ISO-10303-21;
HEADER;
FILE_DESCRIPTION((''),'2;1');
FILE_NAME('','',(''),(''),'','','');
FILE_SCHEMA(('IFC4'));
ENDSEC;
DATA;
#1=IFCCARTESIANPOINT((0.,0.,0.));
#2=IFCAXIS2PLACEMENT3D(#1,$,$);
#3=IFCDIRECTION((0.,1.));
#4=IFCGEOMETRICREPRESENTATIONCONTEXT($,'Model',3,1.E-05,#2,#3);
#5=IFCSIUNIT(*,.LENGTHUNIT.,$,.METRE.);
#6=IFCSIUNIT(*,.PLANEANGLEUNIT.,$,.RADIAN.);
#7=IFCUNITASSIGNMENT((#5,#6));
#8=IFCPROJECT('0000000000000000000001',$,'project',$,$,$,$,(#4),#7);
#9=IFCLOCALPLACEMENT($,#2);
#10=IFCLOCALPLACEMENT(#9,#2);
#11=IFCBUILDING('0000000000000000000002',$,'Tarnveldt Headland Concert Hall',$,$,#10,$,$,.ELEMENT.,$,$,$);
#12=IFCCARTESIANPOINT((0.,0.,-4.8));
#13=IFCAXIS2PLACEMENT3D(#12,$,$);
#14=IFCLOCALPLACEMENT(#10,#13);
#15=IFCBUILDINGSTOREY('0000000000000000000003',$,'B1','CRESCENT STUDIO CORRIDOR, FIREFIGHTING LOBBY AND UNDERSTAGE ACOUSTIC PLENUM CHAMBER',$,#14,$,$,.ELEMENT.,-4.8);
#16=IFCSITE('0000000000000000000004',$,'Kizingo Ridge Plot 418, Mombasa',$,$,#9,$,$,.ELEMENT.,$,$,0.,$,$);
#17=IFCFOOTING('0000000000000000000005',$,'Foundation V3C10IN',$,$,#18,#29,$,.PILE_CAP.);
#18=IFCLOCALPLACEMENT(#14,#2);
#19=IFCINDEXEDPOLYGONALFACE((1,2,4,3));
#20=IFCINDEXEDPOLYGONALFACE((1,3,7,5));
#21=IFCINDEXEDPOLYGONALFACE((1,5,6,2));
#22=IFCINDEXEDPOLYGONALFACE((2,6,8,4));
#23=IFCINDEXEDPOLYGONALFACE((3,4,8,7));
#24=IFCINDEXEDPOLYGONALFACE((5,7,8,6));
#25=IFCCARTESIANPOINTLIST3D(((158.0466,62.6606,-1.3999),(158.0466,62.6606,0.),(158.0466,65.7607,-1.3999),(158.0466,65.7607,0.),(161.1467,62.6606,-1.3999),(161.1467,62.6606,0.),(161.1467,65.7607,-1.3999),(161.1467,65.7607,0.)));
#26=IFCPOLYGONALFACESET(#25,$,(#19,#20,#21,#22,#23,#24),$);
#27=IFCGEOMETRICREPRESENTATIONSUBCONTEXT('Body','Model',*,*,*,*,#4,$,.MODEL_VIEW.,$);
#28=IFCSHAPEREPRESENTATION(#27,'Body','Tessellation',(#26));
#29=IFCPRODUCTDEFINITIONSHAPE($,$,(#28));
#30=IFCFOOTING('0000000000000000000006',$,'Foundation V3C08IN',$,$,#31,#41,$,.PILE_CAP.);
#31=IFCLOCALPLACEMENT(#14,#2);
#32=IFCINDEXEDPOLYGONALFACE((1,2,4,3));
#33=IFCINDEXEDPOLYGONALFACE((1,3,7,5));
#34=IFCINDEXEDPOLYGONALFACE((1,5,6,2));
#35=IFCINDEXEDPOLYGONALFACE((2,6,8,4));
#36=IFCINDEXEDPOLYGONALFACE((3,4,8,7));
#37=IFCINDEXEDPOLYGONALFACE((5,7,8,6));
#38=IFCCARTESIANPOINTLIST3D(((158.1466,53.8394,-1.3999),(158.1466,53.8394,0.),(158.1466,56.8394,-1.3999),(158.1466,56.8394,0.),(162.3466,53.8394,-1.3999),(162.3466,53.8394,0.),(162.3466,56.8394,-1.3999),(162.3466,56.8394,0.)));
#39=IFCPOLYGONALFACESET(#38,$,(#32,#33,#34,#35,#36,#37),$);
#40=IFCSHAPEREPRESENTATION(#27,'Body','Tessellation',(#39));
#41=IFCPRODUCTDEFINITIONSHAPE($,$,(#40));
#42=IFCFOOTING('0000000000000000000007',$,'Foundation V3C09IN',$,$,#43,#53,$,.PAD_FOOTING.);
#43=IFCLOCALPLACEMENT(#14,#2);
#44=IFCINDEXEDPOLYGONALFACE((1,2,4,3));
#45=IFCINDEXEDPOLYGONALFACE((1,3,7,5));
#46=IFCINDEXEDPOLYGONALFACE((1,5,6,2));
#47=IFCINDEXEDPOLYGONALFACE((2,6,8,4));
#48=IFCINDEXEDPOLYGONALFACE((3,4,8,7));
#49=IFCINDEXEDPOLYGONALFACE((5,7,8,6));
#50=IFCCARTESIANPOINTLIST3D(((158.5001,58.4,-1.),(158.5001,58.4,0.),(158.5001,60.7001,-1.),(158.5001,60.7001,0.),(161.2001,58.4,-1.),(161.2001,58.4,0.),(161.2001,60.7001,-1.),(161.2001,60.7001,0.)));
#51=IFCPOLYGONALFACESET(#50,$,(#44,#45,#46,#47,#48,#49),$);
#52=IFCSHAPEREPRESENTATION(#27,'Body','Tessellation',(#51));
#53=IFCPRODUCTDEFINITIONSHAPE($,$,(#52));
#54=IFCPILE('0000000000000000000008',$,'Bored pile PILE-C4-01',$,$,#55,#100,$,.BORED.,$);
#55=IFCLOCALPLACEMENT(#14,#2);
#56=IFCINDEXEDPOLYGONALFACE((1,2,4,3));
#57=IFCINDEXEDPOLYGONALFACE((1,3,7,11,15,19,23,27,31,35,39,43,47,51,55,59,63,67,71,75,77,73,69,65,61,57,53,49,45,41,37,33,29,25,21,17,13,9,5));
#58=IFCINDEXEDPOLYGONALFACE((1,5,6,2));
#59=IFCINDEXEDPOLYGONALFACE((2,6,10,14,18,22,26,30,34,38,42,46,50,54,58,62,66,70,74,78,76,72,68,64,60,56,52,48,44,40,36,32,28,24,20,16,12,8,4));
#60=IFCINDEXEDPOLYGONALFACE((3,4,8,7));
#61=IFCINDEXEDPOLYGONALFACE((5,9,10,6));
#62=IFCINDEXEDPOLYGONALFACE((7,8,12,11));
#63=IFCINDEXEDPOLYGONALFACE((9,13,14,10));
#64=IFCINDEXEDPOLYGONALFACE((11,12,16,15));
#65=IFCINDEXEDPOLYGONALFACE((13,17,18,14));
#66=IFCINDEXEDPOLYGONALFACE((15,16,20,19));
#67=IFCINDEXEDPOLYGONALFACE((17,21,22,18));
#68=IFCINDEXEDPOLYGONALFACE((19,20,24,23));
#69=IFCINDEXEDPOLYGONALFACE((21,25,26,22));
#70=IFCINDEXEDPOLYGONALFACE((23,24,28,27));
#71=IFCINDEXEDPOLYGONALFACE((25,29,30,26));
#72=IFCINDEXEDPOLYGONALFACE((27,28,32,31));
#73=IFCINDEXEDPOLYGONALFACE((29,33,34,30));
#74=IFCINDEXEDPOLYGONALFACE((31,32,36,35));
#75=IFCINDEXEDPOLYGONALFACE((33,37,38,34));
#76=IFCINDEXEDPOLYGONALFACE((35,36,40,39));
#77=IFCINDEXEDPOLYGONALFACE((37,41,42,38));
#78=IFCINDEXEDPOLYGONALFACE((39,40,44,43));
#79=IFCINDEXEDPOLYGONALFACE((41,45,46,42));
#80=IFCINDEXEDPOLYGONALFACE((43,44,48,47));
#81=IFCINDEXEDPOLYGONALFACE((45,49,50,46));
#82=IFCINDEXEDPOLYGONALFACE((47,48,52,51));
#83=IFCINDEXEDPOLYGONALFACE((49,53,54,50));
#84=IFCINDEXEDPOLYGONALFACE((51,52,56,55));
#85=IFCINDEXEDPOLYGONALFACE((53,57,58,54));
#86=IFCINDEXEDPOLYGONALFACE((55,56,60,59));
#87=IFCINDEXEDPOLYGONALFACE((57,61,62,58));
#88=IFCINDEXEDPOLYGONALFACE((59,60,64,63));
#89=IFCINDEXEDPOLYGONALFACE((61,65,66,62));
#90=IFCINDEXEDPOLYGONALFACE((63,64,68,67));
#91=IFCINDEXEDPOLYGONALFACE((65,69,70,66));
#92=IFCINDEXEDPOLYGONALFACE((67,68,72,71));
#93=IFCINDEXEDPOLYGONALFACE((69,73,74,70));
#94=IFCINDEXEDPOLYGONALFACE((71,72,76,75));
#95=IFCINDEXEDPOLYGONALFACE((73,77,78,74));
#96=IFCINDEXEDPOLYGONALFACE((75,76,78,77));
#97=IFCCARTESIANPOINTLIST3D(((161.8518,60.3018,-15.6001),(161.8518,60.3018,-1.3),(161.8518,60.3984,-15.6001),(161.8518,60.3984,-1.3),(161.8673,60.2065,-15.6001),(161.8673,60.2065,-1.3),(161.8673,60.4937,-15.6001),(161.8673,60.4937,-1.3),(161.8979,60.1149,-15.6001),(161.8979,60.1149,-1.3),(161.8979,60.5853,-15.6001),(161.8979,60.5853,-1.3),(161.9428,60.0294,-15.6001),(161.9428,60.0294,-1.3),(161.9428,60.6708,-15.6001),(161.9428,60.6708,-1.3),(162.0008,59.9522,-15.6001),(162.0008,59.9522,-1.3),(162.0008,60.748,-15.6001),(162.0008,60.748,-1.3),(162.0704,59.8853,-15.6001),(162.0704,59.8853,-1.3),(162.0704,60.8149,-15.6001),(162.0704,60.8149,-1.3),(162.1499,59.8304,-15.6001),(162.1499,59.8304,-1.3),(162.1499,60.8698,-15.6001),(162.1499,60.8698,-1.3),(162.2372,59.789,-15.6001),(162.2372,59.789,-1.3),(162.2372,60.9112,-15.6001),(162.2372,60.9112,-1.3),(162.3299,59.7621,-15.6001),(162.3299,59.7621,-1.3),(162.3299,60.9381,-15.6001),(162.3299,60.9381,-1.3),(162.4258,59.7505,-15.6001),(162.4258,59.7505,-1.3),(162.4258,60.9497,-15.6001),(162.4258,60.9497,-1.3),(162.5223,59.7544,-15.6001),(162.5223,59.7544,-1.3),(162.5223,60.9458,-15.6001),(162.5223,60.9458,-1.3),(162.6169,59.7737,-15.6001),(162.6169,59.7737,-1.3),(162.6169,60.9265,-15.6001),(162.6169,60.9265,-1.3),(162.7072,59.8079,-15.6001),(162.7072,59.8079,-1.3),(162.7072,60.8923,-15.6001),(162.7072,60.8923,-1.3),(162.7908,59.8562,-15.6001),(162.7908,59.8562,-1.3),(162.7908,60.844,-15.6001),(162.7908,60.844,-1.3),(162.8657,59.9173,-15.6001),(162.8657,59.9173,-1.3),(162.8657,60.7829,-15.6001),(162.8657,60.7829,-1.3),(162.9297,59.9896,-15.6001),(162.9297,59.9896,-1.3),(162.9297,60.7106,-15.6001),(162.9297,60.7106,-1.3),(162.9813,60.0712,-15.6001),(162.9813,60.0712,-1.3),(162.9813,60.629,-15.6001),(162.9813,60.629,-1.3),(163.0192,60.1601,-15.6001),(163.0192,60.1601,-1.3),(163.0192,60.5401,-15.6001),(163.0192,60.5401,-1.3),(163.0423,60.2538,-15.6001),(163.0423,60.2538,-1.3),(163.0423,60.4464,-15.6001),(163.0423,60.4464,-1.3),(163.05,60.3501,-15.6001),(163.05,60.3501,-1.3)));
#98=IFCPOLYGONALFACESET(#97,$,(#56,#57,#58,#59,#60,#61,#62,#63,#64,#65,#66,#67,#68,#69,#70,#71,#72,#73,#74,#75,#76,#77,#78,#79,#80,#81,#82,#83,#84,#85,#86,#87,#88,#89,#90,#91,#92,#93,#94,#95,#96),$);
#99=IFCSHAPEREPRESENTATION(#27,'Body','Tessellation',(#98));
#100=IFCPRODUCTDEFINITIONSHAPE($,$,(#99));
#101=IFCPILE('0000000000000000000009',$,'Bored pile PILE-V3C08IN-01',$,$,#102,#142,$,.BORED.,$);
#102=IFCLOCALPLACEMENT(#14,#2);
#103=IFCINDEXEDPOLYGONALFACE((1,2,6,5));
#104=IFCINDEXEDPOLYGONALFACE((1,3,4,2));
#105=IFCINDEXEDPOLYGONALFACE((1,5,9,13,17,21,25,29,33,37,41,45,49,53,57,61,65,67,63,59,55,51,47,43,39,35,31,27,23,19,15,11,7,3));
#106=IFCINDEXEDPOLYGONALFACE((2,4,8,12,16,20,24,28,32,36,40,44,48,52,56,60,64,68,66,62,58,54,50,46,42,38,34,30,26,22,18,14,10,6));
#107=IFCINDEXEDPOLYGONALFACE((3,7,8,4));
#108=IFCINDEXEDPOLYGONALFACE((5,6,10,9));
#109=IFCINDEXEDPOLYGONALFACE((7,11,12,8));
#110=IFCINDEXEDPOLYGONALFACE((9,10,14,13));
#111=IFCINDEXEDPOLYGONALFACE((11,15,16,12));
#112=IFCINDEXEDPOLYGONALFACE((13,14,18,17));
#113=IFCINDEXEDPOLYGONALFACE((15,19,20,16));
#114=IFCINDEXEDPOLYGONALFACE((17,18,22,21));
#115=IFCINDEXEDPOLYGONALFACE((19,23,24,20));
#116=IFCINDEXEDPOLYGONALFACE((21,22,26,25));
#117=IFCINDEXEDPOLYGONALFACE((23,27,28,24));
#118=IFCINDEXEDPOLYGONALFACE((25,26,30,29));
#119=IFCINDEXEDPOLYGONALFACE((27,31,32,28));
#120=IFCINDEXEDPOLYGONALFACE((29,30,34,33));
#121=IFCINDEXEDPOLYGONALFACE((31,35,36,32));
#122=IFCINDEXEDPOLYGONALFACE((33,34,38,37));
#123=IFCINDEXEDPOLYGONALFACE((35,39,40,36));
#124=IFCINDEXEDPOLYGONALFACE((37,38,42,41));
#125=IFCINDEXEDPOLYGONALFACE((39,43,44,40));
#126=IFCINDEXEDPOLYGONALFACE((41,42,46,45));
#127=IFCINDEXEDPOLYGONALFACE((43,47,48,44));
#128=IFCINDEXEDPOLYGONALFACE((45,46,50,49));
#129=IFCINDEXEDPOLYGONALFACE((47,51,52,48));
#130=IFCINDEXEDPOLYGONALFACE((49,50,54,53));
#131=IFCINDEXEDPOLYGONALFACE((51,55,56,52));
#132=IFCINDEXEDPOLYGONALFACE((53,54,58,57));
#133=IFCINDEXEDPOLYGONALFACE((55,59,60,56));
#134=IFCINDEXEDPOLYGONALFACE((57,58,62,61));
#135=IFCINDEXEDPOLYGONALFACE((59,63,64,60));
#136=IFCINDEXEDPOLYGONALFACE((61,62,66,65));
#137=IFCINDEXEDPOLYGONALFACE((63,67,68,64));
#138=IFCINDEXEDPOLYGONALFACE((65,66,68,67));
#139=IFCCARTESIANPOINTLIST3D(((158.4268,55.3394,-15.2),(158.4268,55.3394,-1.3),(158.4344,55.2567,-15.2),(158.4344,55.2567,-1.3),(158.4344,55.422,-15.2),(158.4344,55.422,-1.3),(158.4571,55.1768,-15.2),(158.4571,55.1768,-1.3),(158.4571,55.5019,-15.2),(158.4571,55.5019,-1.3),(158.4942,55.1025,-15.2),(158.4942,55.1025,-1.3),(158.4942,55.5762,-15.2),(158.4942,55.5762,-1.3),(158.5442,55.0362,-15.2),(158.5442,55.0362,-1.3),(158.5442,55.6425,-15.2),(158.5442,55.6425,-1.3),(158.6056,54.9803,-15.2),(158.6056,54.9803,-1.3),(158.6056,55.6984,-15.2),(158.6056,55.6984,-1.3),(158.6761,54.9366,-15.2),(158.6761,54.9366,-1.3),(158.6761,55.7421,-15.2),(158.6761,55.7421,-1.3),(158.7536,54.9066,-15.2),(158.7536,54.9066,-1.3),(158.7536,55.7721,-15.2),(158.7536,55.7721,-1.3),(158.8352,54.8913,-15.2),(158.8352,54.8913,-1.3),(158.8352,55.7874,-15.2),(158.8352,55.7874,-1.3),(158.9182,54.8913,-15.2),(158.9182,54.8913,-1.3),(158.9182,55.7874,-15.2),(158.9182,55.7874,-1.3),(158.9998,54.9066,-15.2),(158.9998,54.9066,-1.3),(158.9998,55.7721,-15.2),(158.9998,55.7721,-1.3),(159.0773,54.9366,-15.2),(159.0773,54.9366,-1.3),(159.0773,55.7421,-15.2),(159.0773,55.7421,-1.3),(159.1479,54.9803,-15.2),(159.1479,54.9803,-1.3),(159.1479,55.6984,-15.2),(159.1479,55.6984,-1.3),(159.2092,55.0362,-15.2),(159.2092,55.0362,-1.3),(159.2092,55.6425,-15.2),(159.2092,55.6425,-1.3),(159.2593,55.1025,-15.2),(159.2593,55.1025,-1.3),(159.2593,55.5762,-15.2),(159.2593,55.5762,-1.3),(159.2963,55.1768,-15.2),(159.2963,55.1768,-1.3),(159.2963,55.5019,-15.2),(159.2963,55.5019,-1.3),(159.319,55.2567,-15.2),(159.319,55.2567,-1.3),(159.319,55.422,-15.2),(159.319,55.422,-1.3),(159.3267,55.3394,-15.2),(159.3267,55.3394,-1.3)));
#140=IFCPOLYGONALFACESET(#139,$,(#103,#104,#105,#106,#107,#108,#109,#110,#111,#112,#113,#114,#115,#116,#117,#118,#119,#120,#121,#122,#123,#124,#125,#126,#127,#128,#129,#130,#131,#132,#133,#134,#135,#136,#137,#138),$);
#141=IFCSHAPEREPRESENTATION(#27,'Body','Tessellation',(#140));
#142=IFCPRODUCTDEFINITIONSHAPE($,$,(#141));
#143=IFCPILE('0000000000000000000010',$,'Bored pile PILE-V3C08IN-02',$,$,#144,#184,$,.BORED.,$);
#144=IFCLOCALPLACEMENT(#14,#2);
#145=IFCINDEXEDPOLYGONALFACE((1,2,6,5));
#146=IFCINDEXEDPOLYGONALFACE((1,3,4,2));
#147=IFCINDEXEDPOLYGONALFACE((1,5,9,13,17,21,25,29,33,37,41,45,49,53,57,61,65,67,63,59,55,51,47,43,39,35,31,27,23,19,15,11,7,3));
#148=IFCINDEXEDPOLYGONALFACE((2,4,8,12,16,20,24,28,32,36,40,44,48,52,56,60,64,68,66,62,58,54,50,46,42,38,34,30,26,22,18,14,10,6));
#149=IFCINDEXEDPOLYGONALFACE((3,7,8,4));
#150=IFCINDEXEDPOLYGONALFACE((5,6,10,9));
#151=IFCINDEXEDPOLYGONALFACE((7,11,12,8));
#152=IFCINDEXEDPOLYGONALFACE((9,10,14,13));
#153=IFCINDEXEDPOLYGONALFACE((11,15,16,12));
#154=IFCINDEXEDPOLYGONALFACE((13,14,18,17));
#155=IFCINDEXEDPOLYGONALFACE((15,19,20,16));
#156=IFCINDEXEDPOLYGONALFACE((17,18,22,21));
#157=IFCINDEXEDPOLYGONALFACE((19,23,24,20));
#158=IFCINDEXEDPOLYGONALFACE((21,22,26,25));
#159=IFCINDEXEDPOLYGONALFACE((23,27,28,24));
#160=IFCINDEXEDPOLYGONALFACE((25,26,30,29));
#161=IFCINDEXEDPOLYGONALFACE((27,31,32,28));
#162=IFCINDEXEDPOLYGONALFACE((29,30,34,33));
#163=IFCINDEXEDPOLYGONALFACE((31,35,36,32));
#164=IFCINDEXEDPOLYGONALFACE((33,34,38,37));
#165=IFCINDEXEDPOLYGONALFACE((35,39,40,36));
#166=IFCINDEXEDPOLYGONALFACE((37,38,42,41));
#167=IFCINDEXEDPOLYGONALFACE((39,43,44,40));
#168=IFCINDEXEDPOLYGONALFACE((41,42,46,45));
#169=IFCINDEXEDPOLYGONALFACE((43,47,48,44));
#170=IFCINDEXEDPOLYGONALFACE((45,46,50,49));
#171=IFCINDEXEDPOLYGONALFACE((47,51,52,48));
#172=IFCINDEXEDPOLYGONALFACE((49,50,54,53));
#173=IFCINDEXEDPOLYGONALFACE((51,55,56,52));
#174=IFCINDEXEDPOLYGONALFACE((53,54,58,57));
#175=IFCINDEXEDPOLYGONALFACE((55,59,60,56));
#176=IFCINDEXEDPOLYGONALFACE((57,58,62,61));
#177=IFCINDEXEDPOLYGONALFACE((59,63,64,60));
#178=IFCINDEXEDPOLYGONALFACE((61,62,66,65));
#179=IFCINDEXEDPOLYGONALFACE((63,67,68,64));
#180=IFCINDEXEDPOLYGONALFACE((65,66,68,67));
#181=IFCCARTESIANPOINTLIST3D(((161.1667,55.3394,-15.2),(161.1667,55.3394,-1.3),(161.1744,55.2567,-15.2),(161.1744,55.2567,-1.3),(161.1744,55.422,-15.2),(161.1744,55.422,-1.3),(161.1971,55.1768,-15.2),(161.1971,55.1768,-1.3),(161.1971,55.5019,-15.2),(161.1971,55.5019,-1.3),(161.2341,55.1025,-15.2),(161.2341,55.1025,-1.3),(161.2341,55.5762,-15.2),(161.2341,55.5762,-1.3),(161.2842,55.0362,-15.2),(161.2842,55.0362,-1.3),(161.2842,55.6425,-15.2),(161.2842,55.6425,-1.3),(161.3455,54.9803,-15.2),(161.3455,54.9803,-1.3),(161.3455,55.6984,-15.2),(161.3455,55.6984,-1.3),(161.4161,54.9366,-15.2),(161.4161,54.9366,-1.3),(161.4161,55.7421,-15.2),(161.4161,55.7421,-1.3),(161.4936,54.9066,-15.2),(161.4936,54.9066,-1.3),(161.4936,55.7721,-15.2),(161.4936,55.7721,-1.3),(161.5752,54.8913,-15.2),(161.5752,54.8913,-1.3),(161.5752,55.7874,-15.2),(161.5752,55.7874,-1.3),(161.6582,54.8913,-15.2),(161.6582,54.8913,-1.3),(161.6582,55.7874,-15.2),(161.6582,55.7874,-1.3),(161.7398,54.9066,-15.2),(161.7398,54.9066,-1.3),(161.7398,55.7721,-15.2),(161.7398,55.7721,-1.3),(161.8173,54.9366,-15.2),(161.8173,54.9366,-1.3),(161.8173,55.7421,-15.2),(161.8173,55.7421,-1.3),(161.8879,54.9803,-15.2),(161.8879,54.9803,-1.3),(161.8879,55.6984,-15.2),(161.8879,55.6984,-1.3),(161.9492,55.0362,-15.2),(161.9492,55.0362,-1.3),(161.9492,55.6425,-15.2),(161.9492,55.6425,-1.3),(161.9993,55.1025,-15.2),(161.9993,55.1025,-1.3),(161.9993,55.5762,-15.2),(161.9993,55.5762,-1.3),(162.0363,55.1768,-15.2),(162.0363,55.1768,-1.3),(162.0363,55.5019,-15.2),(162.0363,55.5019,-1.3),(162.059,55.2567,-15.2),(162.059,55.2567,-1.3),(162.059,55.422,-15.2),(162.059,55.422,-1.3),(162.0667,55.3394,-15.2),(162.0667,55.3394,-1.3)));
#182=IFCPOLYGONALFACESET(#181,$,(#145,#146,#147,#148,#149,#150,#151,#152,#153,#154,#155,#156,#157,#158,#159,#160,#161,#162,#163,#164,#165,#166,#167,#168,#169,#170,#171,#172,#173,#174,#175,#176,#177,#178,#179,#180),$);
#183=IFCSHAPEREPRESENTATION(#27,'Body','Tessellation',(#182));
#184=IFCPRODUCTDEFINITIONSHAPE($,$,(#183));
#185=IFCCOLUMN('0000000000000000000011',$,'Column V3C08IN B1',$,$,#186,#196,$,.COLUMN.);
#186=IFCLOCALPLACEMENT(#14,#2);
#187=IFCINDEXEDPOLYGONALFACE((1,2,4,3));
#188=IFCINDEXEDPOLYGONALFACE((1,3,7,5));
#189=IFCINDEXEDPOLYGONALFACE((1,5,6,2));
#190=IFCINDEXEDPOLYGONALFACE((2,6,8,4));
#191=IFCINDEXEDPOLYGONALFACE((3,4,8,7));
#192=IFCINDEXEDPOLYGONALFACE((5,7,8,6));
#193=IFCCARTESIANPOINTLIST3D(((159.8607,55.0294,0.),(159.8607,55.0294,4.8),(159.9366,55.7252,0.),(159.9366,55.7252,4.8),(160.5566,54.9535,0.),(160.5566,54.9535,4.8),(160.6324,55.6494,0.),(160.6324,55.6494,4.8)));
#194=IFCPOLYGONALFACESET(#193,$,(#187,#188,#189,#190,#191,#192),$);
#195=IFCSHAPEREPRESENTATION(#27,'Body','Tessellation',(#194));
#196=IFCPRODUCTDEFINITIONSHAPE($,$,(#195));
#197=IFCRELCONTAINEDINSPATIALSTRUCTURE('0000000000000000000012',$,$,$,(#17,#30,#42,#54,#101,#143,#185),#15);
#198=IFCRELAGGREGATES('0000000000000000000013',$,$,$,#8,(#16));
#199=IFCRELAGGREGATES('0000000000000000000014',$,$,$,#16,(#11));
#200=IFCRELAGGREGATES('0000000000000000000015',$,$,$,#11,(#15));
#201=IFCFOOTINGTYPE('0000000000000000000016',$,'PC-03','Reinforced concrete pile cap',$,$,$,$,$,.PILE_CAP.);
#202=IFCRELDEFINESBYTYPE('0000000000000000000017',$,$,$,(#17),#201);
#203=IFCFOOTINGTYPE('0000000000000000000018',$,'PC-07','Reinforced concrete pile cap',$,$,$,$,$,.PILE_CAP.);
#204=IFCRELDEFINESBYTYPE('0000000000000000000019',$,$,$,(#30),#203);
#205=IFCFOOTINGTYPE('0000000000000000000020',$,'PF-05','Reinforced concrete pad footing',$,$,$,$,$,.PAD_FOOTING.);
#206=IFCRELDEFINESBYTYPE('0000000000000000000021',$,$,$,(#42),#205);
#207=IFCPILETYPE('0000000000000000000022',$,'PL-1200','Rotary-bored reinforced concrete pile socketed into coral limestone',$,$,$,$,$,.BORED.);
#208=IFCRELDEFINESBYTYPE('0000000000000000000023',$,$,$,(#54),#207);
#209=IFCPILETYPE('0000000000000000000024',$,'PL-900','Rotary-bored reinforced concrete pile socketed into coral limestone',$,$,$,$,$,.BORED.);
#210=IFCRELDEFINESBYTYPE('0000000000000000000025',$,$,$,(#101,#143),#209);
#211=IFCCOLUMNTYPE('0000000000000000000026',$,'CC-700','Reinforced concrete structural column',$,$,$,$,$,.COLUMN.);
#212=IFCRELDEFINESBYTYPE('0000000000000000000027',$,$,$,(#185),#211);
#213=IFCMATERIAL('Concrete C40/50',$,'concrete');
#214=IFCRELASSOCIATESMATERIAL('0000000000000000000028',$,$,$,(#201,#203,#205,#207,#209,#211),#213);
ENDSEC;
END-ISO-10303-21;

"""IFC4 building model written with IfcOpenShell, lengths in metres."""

from ifc_helpers import new_model, si_unit, direction, frame, origin, origin_2d, place, context, subcontext, project, spatial, rectangle, circle, extrude, material, material_profile, profile_set, type_object, element, save


model = new_model("IFC4")

# Units and contexts
model_context = context("Model", 3, precision=1e-05, world=origin(), true_north=direction((0.0, 1.0)))
body_context = subcontext(model_context, "Body", "Model", "MODEL_VIEW")
ifc_project = project(units=[si_unit("LENGTHUNIT", "METRE"), si_unit("PLANEANGLEUNIT", "RADIAN")], contexts=[model_context])

# Site, building, storey
site_placement = place(None, origin())
site = spatial("IfcSite", under=ifc_project, at=site_placement, Name="Kizingo Ridge Plot 418, Mombasa", CompositionType="ELEMENT", RefElevation=0.0)
building_placement = place(site_placement, origin())
building = spatial("IfcBuilding", under=site, at=building_placement, Name="Tarnveldt Headland Concert Hall", CompositionType="ELEMENT")
storey_placement = place(building_placement, frame((0.0, 0.0, -4.8)))
storey = spatial("IfcBuildingStorey", under=building, at=storey_placement, Name="B1", Description="CRESCENT STUDIO CORRIDOR, FIREFIGHTING LOBBY AND UNDERSTAGE ACOUSTIC PLENUM CHAMBER", CompositionType="ELEMENT", Elevation=-4.8)

# Footings
ifc_material_1 = material(Name="Concrete C40/50", Category="concrete")
footing_type_1 = type_object("IfcFootingType", Name="PC-03", Description="Reinforced concrete pile cap", PredefinedType="PILE_CAP", material=ifc_material_1)
footing_1_placement = place(storey_placement, frame((159.5967, 64.2107, -1.3999), z_axis=(0.0, 0.0, 1.0), x_axis=(1.0, 0.0, 0.0)))
element("IfcFooting", 1, at=footing_1_placement, inside=storey, type_object=footing_type_1, Name="Foundation V3C10IN", PredefinedType="PILE_CAP", context=body_context, shape_type="SweptSolid", body=[
    extrude(rectangle(XDim=3.1001, YDim=3.1001, at=origin_2d()), origin(), (0.0, 0.0, 1.0), 1.3999),
])
footing_type_2 = type_object("IfcFootingType", Name="PC-07", Description="Reinforced concrete pile cap", PredefinedType="PILE_CAP", material=ifc_material_1)
footing_2_placement = place(storey_placement, frame((160.2466, 55.3394, -1.3999), z_axis=(0.0, 0.0, 1.0), x_axis=(1.0, 0.0, 0.0)))
element("IfcFooting", 2, at=footing_2_placement, inside=storey, type_object=footing_type_2, Name="Foundation V3C08IN", PredefinedType="PILE_CAP", context=body_context, shape_type="SweptSolid", body=[
    extrude(rectangle(XDim=4.2, YDim=3.0, at=origin_2d()), origin(), (0.0, 0.0, 1.0), 1.3999),
])
footing_type_3 = type_object("IfcFootingType", Name="PF-05", Description="Reinforced concrete pad footing", PredefinedType="PAD_FOOTING", material=ifc_material_1)
footing_3_placement = place(storey_placement, frame((159.8501, 59.55, -1.0), z_axis=(0.0, 0.0, 1.0), x_axis=(1.0, 0.0, 0.0)))
element("IfcFooting", 3, at=footing_3_placement, inside=storey, type_object=footing_type_3, Name="Foundation V3C09IN", PredefinedType="PAD_FOOTING", context=body_context, shape_type="SweptSolid", body=[
    extrude(rectangle(XDim=2.7, YDim=2.3, at=origin_2d()), origin(), (0.0, 0.0, 1.0), 1.0),
])

# Piles
ifc_material_profile_1 = material_profile(ifc_material_1, circle(Radius=0.6001, at=origin_2d()), Name="BORED PILE D1200", Category="concrete")
ifc_profile_set_1 = profile_set([ifc_material_profile_1], Name="Concrete C40/50")
pile_type_1 = type_object("IfcPileType", Name="PL-1200", Description="Rotary-bored reinforced concrete pile socketed into coral limestone", PredefinedType="BORED", material=ifc_profile_set_1)
pile_placement = place(storey_placement, frame((162.45, 60.3501, -1.3), z_axis=(0.0, 0.0, -1.0), x_axis=(1.0, 0.0, 0.0)))
element("IfcPile", 4, at=pile_placement, inside=storey, type_object=pile_type_1, Name="Bored pile PILE-C4-01", PredefinedType="BORED", context=body_context, shape_type="SweptSolid", body=[
    extrude(circle(Radius=0.6001, at=origin_2d()), origin(), (0.0, 0.0, 1.0), 14.3),
])
ifc_material_profile_2 = material_profile(ifc_material_1, circle(Radius=0.45, at=origin_2d()), Name="BORED PILE D900", Category="concrete")
ifc_profile_set_2 = profile_set([ifc_material_profile_2], Name="Concrete C40/50")
pile_type_2 = type_object("IfcPileType", Name="PL-900", Description="Rotary-bored reinforced concrete pile socketed into coral limestone", PredefinedType="BORED", material=ifc_profile_set_2)
for number, where, z_axis, x_axis, name in (
    (5, (158.8767, 55.3394, -1.3), (0.0, 0.0, -1.0), (1.0, 0.0, 0.0), "Bored pile PILE-V3C08IN-01"),
    (6, (161.6167, 55.3394, -1.3), (0.0, 0.0, -1.0), (1.0, 0.0, 0.0), "Bored pile PILE-V3C08IN-02"),
):
    element("IfcPile", number, at=place(storey_placement, frame(where, z_axis=z_axis, x_axis=x_axis)), inside=storey, type_object=pile_type_2, Name=name, PredefinedType="BORED", context=body_context, shape_type="SweptSolid", body=[
        extrude(circle(Radius=0.45, at=origin_2d()), origin(), (0.0, 0.0, 1.0), 13.8999),
    ])

# Column
ifc_material_profile_3 = material_profile(ifc_material_1, rectangle(XDim=0.7, YDim=0.7, at=origin_2d()), Name="RC 700x700", Category="concrete")
ifc_profile_set_3 = profile_set([ifc_material_profile_3], Name="Concrete C40/50")
column_type = type_object("IfcColumnType", Name="CC-700", Description="Reinforced concrete structural column", PredefinedType="COLUMN", material=ifc_profile_set_3)
for number, where, z_axis, x_axis, name in (
    (7, (160.2466, 55.3394, 0.0), (0.0, 0.0, 1.0), (0.994113, -0.108346, 0.0), "Column V3C08IN B1"),
):
    element("IfcColumn", number, at=place(storey_placement, frame(where, z_axis=z_axis, x_axis=x_axis)), inside=storey, type_object=column_type, Name=name, PredefinedType="COLUMN", context=body_context, shape_type="SweptSolid", body=[
        extrude(rectangle(XDim=0.7, YDim=0.7, at=origin_2d()), origin(), (0.0, 0.0, 1.0), 4.8),
    ])

save(model, "model.ifc")
